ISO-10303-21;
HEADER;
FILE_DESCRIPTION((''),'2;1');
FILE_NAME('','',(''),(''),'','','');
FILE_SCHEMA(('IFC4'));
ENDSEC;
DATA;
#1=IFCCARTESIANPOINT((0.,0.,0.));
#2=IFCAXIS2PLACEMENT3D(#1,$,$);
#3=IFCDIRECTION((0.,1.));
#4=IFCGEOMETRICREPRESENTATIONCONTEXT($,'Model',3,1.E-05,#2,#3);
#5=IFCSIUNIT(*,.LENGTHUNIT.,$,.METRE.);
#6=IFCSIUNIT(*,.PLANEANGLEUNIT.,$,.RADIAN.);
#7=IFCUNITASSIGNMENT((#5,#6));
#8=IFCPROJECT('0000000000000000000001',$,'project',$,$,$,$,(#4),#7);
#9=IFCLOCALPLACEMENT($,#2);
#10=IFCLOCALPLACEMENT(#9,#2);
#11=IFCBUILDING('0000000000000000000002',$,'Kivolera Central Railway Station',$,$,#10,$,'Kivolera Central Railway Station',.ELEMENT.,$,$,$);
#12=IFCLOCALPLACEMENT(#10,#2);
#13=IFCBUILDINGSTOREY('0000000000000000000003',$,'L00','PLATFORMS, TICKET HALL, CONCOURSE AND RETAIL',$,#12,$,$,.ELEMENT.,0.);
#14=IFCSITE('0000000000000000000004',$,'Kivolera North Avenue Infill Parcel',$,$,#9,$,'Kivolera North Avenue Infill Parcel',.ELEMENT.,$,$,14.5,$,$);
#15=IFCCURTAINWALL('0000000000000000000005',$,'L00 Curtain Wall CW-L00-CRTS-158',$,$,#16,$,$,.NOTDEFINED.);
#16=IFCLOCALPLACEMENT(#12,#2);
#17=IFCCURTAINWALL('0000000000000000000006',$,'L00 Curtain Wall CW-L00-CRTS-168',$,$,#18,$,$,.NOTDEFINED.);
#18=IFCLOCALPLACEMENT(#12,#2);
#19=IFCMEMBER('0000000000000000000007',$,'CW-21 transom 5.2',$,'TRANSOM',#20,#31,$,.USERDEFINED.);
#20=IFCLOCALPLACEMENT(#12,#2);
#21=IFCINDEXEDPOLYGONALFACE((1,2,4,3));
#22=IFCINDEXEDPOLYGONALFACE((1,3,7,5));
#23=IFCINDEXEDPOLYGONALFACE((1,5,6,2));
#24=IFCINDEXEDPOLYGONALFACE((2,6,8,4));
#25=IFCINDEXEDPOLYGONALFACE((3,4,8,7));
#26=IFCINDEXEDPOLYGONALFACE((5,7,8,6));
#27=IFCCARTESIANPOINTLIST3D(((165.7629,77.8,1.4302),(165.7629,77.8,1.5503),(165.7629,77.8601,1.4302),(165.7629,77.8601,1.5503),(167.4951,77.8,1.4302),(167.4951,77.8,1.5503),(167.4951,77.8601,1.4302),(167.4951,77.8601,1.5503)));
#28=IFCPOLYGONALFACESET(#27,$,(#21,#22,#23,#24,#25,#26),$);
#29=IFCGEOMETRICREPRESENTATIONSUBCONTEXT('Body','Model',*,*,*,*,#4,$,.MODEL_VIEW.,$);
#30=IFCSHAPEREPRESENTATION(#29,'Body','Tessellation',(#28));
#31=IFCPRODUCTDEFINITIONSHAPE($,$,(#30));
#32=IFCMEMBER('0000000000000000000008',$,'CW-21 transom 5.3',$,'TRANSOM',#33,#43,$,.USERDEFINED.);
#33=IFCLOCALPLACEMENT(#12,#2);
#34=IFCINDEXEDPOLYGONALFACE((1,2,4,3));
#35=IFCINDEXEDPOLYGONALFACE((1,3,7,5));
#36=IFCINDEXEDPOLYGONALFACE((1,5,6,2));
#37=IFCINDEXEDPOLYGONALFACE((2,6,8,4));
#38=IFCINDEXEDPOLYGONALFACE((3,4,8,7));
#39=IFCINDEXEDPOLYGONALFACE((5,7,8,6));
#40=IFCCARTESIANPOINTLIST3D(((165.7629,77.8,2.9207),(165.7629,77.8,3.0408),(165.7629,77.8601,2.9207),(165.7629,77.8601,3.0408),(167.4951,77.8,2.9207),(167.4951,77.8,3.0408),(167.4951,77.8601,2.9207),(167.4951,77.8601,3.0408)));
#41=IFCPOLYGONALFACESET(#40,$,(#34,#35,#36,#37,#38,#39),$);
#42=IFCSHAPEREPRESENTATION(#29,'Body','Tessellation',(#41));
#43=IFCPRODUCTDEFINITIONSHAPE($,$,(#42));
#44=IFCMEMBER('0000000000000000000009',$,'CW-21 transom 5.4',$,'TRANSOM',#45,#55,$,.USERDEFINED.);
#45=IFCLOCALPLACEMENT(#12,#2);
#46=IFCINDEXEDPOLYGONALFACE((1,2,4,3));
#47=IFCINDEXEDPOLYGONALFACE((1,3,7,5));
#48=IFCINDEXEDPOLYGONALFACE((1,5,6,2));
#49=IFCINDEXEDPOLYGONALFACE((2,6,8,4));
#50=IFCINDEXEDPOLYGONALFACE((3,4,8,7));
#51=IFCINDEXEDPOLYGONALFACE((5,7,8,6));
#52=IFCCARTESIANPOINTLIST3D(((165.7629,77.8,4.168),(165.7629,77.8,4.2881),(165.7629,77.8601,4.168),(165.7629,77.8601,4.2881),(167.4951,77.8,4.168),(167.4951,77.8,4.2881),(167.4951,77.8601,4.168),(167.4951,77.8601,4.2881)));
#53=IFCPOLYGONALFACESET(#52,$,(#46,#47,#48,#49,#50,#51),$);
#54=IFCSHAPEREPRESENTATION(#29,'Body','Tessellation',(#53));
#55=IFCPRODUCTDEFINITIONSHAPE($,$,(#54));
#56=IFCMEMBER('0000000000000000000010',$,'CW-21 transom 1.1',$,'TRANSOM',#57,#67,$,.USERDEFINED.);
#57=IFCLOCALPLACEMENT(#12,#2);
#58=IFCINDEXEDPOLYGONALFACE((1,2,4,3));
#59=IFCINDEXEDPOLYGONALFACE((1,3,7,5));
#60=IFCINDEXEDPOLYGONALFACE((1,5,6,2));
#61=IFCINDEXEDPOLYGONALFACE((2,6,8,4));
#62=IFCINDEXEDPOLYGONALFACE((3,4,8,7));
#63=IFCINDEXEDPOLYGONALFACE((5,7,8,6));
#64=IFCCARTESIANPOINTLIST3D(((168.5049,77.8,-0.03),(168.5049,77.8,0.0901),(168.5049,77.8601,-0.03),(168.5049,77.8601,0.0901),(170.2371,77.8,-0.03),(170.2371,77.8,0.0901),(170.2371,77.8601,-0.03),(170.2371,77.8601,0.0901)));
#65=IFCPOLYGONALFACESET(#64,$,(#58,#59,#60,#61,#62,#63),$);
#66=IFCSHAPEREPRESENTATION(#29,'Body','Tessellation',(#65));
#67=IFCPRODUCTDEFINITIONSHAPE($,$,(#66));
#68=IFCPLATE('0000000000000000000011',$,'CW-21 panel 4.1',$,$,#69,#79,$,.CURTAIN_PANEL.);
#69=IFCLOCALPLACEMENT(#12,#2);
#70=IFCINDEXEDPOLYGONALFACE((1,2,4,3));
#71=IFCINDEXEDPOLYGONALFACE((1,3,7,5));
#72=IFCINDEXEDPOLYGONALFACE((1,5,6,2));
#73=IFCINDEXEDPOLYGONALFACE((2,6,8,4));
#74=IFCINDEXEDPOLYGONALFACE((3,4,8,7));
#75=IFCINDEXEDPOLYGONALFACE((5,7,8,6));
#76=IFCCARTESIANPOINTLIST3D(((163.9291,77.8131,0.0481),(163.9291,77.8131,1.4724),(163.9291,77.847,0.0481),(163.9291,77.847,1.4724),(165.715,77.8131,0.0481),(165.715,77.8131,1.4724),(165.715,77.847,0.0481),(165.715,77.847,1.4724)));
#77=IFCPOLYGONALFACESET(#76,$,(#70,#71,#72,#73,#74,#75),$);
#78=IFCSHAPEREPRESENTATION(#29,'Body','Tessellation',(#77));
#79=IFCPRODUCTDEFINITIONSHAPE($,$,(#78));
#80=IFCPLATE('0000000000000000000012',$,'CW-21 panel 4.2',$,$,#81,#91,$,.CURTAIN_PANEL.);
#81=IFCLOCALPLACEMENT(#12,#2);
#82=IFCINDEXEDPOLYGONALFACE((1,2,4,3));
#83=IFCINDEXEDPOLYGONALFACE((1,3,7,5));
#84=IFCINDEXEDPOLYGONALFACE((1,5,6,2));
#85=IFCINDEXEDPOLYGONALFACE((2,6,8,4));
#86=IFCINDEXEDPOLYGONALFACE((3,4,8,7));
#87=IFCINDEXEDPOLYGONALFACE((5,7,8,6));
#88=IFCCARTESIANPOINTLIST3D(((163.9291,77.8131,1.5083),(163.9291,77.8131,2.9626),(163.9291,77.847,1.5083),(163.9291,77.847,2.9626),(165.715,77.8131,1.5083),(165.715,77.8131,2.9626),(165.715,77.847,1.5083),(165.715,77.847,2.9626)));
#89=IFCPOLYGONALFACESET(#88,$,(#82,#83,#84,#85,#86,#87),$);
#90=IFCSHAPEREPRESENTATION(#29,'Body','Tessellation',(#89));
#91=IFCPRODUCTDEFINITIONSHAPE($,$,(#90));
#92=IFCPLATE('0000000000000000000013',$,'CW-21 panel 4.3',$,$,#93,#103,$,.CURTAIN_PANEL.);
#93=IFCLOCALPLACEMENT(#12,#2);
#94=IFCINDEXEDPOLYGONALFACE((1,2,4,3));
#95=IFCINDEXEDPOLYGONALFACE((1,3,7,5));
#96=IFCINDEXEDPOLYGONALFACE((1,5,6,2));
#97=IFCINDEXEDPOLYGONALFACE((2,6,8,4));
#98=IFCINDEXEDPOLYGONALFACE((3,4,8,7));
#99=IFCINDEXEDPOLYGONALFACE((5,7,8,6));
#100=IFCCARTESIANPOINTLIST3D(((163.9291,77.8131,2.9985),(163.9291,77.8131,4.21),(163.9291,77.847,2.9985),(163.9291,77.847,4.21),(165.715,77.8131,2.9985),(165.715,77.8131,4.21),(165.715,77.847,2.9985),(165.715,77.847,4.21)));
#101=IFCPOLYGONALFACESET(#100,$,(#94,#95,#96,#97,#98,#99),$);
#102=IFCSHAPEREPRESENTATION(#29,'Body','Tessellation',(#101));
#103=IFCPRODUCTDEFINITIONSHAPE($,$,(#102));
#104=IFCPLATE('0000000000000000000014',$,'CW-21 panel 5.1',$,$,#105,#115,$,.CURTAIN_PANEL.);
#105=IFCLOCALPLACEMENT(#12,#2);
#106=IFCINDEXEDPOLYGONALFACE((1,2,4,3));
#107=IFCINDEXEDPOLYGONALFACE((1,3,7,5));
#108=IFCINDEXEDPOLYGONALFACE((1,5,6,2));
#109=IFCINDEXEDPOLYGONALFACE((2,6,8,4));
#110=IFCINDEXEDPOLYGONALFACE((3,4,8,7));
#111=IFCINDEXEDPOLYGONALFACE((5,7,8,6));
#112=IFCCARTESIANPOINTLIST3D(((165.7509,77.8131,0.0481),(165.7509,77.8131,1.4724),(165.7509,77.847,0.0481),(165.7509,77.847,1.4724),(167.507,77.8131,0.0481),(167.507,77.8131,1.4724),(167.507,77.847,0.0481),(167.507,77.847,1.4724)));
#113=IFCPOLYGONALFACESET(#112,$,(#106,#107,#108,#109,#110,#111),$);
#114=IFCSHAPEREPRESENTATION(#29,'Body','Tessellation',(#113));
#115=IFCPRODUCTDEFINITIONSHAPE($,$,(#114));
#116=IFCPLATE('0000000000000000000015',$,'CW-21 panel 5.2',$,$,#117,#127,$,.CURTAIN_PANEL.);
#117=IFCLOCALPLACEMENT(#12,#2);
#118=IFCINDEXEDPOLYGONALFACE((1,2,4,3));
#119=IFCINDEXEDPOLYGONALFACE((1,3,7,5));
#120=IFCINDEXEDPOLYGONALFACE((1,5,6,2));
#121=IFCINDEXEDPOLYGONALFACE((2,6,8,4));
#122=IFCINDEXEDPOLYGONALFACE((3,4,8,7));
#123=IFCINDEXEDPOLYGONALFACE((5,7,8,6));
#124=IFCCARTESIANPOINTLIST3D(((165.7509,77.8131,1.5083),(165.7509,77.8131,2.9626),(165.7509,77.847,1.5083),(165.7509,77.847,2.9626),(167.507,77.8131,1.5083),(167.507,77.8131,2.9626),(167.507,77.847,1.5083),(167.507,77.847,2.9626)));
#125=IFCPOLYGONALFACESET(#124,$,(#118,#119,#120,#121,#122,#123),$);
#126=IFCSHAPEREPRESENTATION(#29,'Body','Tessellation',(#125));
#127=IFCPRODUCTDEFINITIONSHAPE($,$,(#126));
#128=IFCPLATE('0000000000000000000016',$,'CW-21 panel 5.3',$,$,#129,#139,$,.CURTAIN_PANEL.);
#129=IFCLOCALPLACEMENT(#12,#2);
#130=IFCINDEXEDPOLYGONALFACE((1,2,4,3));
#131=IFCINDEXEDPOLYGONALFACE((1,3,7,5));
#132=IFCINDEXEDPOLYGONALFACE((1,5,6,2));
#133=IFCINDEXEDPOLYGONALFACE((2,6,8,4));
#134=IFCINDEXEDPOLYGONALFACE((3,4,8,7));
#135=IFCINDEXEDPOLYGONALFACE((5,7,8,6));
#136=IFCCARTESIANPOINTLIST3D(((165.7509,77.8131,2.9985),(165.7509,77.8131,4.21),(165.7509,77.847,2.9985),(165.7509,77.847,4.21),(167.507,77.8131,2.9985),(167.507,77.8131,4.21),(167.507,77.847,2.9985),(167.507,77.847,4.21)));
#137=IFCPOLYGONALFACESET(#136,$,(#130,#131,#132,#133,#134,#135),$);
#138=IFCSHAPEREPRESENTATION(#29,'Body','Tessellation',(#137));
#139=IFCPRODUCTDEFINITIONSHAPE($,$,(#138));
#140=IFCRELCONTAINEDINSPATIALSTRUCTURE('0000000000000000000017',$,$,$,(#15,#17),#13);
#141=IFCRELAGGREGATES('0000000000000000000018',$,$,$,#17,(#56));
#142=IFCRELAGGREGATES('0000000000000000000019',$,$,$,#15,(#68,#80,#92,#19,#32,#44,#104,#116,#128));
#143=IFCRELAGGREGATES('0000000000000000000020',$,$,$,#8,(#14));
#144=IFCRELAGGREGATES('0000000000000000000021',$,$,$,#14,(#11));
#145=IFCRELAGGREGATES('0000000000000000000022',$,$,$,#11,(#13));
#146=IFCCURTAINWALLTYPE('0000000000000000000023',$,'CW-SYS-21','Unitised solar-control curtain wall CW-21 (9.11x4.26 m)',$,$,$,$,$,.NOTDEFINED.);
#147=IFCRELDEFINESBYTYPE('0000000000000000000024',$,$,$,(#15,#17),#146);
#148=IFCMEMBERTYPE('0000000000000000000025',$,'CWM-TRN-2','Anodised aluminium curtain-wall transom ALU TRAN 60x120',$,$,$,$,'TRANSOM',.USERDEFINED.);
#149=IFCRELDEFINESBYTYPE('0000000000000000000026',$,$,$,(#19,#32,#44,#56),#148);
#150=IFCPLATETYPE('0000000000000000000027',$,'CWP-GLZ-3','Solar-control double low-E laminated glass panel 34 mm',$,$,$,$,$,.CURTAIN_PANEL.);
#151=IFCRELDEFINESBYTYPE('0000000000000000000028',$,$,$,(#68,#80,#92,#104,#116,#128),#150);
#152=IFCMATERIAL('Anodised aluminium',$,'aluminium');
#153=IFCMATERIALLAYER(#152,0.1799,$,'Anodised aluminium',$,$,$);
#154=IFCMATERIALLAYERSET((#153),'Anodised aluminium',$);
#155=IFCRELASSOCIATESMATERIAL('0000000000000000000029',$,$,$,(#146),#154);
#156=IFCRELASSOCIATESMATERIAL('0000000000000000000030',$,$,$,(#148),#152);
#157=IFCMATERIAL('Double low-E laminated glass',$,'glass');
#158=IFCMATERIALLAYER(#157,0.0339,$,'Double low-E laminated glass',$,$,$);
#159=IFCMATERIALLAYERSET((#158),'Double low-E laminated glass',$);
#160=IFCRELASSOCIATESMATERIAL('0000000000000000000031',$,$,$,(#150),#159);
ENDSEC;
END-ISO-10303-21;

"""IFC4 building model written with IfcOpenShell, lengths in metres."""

from ifc_helpers import new_model, si_unit, direction, frame, origin, origin_2d, place, context, subcontext, project, spatial, rectangle, extrude, material, layer, layer_set, material_profile, profile_set, type_object, element, aggregate, save


model = new_model("IFC4")

# Units and contexts
model_context = context("Model", 3, precision=1e-05, world=origin(), true_north=direction((0.0, 1.0)))
body_context = subcontext(model_context, "Body", "Model", "MODEL_VIEW")
ifc_project = project(units=[si_unit("LENGTHUNIT", "METRE"), si_unit("PLANEANGLEUNIT", "RADIAN")], contexts=[model_context])

# Site, building, storey
site_placement = place(None, origin())
site = spatial("IfcSite", under=ifc_project, at=site_placement, Name="Kivolera North Avenue Infill Parcel", LongName="Kivolera North Avenue Infill Parcel", CompositionType="ELEMENT", RefElevation=14.5)
building_placement = place(site_placement, origin())
building = spatial("IfcBuilding", under=site, at=building_placement, Name="Kivolera Central Railway Station", LongName="Kivolera Central Railway Station", CompositionType="ELEMENT")
storey_placement = place(building_placement, origin())
storey = spatial("IfcBuildingStorey", under=building, at=storey_placement, Name="L00", Description="PLATFORMS, TICKET HALL, CONCOURSE AND RETAIL", CompositionType="ELEMENT", Elevation=0.0)

# Curtain wall
ifc_material_1 = material(Name="Anodised aluminium", Category="aluminium")
ifc_layer_1 = layer(ifc_material_1, 0.1799, Name="Anodised aluminium")
ifc_layer_set_1 = layer_set([ifc_layer_1], Name="Anodised aluminium")
curtain_wall_type = type_object("IfcCurtainWallType", Name="CW-SYS-21", Description="Unitised solar-control curtain wall CW-21 (9.11x4.26 m)", PredefinedType="NOTDEFINED", material=ifc_layer_set_1)
curtain_wall_1_placement = place(storey_placement, origin())
curtain_wall_1 = element("IfcCurtainWall", 1, at=curtain_wall_1_placement, inside=storey, type_object=curtain_wall_type, Name="L00 Curtain Wall CW-L00-CRTS-158", PredefinedType="NOTDEFINED")

# Curtain wall
curtain_wall_2_placement = place(storey_placement, origin())
curtain_wall_2 = element("IfcCurtainWall", 2, at=curtain_wall_2_placement, inside=storey, type_object=curtain_wall_type, Name="L00 Curtain Wall CW-L00-CRTS-168", PredefinedType="NOTDEFINED")

# Members
ifc_material_profile_1 = material_profile(ifc_material_1, rectangle(XDim=0.0601, YDim=0.1201, at=origin_2d()), Name="ALU TRAN 60x120")
ifc_profile_set_1 = profile_set([ifc_material_profile_1], Name="Anodised aluminium")
member_type_1 = type_object("IfcMemberType", Name="CWM-TRN-2", Description="Anodised aluminium curtain-wall transom ALU TRAN 60x120", ElementType="TRANSOM", PredefinedType="USERDEFINED", material=ifc_profile_set_1)
member_1_placement = place(storey_placement, frame((165.7629, 77.8301, 1.4902), z_axis=(1.0, 0.0, 0.0), x_axis=(0.0, 1.0, 0.0)))
member_1 = element("IfcMember", 3, at=member_1_placement, type_object=member_type_1, Name="CW-21 transom 5.2", ObjectType="TRANSOM", PredefinedType="USERDEFINED", context=body_context, shape_type="SweptSolid", body=[
    extrude(rectangle(XDim=0.0601, YDim=0.1201, at=origin_2d()), origin(), (0.0, 0.0, 1.0), 1.7322),
])
member_2_placement = place(storey_placement, frame((165.7629, 77.8301, 2.9807), z_axis=(1.0, 0.0, 0.0), x_axis=(0.0, 1.0, 0.0)))
member_2 = element("IfcMember", 4, at=member_2_placement, type_object=member_type_1, Name="CW-21 transom 5.3", ObjectType="TRANSOM", PredefinedType="USERDEFINED", context=body_context, shape_type="SweptSolid", body=[
    extrude(rectangle(XDim=0.0601, YDim=0.1201, at=origin_2d()), origin(), (0.0, 0.0, 1.0), 1.7322),
])
member_3_placement = place(storey_placement, frame((165.7629, 77.8301, 4.228), z_axis=(1.0, 0.0, 0.0), x_axis=(0.0, 1.0, 0.0)))
member_3 = element("IfcMember", 5, at=member_3_placement, type_object=member_type_1, Name="CW-21 transom 5.4", ObjectType="TRANSOM", PredefinedType="USERDEFINED", context=body_context, shape_type="SweptSolid", body=[
    extrude(rectangle(XDim=0.0601, YDim=0.1201, at=origin_2d()), origin(), (0.0, 0.0, 1.0), 1.7322),
])
member_4_placement = place(storey_placement, frame((168.5049, 77.8301, 0.03), z_axis=(1.0, 0.0, 0.0), x_axis=(0.0, 1.0, 0.0)))
member_4 = element("IfcMember", 6, at=member_4_placement, type_object=member_type_1, Name="CW-21 transom 1.1", ObjectType="TRANSOM", PredefinedType="USERDEFINED", context=body_context, shape_type="SweptSolid", body=[
    extrude(rectangle(XDim=0.0601, YDim=0.1201, at=origin_2d()), origin(), (0.0, 0.0, 1.0), 1.7322),
])
aggregate(curtain_wall_2, [member_4])

# Plates
ifc_material_2 = material(Name="Double low-E laminated glass", Category="glass")
ifc_layer_2 = layer(ifc_material_2, 0.0339, Name="Double low-E laminated glass")
ifc_layer_set_2 = layer_set([ifc_layer_2], Name="Double low-E laminated glass")
plate_type = type_object("IfcPlateType", Name="CWP-GLZ-3", Description="Solar-control double low-E laminated glass panel 34 mm", PredefinedType="CURTAIN_PANEL", material=ifc_layer_set_2)
plate_1_placement = place(storey_placement, frame((164.822, 77.8301, 0.0481), z_axis=(0.0, 0.0, 1.0), x_axis=(1.0, 0.0, 0.0)))
plate_1 = element("IfcPlate", 7, at=plate_1_placement, type_object=plate_type, Name="CW-21 panel 4.1", PredefinedType="CURTAIN_PANEL", context=body_context, shape_type="SweptSolid", body=[
    extrude(rectangle(XDim=1.7859, YDim=0.0339, at=origin_2d()), origin(), (0.0, 0.0, 1.0), 1.4243),
])
plate_2_placement = place(storey_placement, frame((164.822, 77.8301, 1.5083), z_axis=(0.0, 0.0, 1.0), x_axis=(1.0, 0.0, 0.0)))
plate_2 = element("IfcPlate", 8, at=plate_2_placement, type_object=plate_type, Name="CW-21 panel 4.2", PredefinedType="CURTAIN_PANEL", context=body_context, shape_type="SweptSolid", body=[
    extrude(rectangle(XDim=1.7859, YDim=0.0339, at=origin_2d()), origin(), (0.0, 0.0, 1.0), 1.4543),
])
plate_3_placement = place(storey_placement, frame((164.822, 77.8301, 2.9985), z_axis=(0.0, 0.0, 1.0), x_axis=(1.0, 0.0, 0.0)))
plate_3 = element("IfcPlate", 9, at=plate_3_placement, type_object=plate_type, Name="CW-21 panel 4.3", PredefinedType="CURTAIN_PANEL", context=body_context, shape_type="SweptSolid", body=[
    extrude(rectangle(XDim=1.7859, YDim=0.0339, at=origin_2d()), origin(), (0.0, 0.0, 1.0), 1.2114),
])
plate_4_placement = place(storey_placement, frame((166.6289, 77.8301, 0.0481), z_axis=(0.0, 0.0, 1.0), x_axis=(1.0, 0.0, 0.0)))
plate_4 = element("IfcPlate", 10, at=plate_4_placement, type_object=plate_type, Name="CW-21 panel 5.1", PredefinedType="CURTAIN_PANEL", context=body_context, shape_type="SweptSolid", body=[
    extrude(rectangle(XDim=1.7561, YDim=0.0339, at=origin_2d()), origin(), (0.0, 0.0, 1.0), 1.4243),
])
plate_5_placement = place(storey_placement, frame((166.6289, 77.8301, 1.5083), z_axis=(0.0, 0.0, 1.0), x_axis=(1.0, 0.0, 0.0)))
plate_5 = element("IfcPlate", 11, at=plate_5_placement, type_object=plate_type, Name="CW-21 panel 5.2", PredefinedType="CURTAIN_PANEL", context=body_context, shape_type="SweptSolid", body=[
    extrude(rectangle(XDim=1.7561, YDim=0.0339, at=origin_2d()), origin(), (0.0, 0.0, 1.0), 1.4543),
])
plate_6_placement = place(storey_placement, frame((166.6289, 77.8301, 2.9985), z_axis=(0.0, 0.0, 1.0), x_axis=(1.0, 0.0, 0.0)))
plate_6 = element("IfcPlate", 12, at=plate_6_placement, type_object=plate_type, Name="CW-21 panel 5.3", PredefinedType="CURTAIN_PANEL", context=body_context, shape_type="SweptSolid", body=[
    extrude(rectangle(XDim=1.7561, YDim=0.0339, at=origin_2d()), origin(), (0.0, 0.0, 1.0), 1.2114),
])
aggregate(curtain_wall_1, [plate_1, plate_2, plate_3, member_1, member_2, member_3, plate_4, plate_5, plate_6])

save(model, "model.ifc")
